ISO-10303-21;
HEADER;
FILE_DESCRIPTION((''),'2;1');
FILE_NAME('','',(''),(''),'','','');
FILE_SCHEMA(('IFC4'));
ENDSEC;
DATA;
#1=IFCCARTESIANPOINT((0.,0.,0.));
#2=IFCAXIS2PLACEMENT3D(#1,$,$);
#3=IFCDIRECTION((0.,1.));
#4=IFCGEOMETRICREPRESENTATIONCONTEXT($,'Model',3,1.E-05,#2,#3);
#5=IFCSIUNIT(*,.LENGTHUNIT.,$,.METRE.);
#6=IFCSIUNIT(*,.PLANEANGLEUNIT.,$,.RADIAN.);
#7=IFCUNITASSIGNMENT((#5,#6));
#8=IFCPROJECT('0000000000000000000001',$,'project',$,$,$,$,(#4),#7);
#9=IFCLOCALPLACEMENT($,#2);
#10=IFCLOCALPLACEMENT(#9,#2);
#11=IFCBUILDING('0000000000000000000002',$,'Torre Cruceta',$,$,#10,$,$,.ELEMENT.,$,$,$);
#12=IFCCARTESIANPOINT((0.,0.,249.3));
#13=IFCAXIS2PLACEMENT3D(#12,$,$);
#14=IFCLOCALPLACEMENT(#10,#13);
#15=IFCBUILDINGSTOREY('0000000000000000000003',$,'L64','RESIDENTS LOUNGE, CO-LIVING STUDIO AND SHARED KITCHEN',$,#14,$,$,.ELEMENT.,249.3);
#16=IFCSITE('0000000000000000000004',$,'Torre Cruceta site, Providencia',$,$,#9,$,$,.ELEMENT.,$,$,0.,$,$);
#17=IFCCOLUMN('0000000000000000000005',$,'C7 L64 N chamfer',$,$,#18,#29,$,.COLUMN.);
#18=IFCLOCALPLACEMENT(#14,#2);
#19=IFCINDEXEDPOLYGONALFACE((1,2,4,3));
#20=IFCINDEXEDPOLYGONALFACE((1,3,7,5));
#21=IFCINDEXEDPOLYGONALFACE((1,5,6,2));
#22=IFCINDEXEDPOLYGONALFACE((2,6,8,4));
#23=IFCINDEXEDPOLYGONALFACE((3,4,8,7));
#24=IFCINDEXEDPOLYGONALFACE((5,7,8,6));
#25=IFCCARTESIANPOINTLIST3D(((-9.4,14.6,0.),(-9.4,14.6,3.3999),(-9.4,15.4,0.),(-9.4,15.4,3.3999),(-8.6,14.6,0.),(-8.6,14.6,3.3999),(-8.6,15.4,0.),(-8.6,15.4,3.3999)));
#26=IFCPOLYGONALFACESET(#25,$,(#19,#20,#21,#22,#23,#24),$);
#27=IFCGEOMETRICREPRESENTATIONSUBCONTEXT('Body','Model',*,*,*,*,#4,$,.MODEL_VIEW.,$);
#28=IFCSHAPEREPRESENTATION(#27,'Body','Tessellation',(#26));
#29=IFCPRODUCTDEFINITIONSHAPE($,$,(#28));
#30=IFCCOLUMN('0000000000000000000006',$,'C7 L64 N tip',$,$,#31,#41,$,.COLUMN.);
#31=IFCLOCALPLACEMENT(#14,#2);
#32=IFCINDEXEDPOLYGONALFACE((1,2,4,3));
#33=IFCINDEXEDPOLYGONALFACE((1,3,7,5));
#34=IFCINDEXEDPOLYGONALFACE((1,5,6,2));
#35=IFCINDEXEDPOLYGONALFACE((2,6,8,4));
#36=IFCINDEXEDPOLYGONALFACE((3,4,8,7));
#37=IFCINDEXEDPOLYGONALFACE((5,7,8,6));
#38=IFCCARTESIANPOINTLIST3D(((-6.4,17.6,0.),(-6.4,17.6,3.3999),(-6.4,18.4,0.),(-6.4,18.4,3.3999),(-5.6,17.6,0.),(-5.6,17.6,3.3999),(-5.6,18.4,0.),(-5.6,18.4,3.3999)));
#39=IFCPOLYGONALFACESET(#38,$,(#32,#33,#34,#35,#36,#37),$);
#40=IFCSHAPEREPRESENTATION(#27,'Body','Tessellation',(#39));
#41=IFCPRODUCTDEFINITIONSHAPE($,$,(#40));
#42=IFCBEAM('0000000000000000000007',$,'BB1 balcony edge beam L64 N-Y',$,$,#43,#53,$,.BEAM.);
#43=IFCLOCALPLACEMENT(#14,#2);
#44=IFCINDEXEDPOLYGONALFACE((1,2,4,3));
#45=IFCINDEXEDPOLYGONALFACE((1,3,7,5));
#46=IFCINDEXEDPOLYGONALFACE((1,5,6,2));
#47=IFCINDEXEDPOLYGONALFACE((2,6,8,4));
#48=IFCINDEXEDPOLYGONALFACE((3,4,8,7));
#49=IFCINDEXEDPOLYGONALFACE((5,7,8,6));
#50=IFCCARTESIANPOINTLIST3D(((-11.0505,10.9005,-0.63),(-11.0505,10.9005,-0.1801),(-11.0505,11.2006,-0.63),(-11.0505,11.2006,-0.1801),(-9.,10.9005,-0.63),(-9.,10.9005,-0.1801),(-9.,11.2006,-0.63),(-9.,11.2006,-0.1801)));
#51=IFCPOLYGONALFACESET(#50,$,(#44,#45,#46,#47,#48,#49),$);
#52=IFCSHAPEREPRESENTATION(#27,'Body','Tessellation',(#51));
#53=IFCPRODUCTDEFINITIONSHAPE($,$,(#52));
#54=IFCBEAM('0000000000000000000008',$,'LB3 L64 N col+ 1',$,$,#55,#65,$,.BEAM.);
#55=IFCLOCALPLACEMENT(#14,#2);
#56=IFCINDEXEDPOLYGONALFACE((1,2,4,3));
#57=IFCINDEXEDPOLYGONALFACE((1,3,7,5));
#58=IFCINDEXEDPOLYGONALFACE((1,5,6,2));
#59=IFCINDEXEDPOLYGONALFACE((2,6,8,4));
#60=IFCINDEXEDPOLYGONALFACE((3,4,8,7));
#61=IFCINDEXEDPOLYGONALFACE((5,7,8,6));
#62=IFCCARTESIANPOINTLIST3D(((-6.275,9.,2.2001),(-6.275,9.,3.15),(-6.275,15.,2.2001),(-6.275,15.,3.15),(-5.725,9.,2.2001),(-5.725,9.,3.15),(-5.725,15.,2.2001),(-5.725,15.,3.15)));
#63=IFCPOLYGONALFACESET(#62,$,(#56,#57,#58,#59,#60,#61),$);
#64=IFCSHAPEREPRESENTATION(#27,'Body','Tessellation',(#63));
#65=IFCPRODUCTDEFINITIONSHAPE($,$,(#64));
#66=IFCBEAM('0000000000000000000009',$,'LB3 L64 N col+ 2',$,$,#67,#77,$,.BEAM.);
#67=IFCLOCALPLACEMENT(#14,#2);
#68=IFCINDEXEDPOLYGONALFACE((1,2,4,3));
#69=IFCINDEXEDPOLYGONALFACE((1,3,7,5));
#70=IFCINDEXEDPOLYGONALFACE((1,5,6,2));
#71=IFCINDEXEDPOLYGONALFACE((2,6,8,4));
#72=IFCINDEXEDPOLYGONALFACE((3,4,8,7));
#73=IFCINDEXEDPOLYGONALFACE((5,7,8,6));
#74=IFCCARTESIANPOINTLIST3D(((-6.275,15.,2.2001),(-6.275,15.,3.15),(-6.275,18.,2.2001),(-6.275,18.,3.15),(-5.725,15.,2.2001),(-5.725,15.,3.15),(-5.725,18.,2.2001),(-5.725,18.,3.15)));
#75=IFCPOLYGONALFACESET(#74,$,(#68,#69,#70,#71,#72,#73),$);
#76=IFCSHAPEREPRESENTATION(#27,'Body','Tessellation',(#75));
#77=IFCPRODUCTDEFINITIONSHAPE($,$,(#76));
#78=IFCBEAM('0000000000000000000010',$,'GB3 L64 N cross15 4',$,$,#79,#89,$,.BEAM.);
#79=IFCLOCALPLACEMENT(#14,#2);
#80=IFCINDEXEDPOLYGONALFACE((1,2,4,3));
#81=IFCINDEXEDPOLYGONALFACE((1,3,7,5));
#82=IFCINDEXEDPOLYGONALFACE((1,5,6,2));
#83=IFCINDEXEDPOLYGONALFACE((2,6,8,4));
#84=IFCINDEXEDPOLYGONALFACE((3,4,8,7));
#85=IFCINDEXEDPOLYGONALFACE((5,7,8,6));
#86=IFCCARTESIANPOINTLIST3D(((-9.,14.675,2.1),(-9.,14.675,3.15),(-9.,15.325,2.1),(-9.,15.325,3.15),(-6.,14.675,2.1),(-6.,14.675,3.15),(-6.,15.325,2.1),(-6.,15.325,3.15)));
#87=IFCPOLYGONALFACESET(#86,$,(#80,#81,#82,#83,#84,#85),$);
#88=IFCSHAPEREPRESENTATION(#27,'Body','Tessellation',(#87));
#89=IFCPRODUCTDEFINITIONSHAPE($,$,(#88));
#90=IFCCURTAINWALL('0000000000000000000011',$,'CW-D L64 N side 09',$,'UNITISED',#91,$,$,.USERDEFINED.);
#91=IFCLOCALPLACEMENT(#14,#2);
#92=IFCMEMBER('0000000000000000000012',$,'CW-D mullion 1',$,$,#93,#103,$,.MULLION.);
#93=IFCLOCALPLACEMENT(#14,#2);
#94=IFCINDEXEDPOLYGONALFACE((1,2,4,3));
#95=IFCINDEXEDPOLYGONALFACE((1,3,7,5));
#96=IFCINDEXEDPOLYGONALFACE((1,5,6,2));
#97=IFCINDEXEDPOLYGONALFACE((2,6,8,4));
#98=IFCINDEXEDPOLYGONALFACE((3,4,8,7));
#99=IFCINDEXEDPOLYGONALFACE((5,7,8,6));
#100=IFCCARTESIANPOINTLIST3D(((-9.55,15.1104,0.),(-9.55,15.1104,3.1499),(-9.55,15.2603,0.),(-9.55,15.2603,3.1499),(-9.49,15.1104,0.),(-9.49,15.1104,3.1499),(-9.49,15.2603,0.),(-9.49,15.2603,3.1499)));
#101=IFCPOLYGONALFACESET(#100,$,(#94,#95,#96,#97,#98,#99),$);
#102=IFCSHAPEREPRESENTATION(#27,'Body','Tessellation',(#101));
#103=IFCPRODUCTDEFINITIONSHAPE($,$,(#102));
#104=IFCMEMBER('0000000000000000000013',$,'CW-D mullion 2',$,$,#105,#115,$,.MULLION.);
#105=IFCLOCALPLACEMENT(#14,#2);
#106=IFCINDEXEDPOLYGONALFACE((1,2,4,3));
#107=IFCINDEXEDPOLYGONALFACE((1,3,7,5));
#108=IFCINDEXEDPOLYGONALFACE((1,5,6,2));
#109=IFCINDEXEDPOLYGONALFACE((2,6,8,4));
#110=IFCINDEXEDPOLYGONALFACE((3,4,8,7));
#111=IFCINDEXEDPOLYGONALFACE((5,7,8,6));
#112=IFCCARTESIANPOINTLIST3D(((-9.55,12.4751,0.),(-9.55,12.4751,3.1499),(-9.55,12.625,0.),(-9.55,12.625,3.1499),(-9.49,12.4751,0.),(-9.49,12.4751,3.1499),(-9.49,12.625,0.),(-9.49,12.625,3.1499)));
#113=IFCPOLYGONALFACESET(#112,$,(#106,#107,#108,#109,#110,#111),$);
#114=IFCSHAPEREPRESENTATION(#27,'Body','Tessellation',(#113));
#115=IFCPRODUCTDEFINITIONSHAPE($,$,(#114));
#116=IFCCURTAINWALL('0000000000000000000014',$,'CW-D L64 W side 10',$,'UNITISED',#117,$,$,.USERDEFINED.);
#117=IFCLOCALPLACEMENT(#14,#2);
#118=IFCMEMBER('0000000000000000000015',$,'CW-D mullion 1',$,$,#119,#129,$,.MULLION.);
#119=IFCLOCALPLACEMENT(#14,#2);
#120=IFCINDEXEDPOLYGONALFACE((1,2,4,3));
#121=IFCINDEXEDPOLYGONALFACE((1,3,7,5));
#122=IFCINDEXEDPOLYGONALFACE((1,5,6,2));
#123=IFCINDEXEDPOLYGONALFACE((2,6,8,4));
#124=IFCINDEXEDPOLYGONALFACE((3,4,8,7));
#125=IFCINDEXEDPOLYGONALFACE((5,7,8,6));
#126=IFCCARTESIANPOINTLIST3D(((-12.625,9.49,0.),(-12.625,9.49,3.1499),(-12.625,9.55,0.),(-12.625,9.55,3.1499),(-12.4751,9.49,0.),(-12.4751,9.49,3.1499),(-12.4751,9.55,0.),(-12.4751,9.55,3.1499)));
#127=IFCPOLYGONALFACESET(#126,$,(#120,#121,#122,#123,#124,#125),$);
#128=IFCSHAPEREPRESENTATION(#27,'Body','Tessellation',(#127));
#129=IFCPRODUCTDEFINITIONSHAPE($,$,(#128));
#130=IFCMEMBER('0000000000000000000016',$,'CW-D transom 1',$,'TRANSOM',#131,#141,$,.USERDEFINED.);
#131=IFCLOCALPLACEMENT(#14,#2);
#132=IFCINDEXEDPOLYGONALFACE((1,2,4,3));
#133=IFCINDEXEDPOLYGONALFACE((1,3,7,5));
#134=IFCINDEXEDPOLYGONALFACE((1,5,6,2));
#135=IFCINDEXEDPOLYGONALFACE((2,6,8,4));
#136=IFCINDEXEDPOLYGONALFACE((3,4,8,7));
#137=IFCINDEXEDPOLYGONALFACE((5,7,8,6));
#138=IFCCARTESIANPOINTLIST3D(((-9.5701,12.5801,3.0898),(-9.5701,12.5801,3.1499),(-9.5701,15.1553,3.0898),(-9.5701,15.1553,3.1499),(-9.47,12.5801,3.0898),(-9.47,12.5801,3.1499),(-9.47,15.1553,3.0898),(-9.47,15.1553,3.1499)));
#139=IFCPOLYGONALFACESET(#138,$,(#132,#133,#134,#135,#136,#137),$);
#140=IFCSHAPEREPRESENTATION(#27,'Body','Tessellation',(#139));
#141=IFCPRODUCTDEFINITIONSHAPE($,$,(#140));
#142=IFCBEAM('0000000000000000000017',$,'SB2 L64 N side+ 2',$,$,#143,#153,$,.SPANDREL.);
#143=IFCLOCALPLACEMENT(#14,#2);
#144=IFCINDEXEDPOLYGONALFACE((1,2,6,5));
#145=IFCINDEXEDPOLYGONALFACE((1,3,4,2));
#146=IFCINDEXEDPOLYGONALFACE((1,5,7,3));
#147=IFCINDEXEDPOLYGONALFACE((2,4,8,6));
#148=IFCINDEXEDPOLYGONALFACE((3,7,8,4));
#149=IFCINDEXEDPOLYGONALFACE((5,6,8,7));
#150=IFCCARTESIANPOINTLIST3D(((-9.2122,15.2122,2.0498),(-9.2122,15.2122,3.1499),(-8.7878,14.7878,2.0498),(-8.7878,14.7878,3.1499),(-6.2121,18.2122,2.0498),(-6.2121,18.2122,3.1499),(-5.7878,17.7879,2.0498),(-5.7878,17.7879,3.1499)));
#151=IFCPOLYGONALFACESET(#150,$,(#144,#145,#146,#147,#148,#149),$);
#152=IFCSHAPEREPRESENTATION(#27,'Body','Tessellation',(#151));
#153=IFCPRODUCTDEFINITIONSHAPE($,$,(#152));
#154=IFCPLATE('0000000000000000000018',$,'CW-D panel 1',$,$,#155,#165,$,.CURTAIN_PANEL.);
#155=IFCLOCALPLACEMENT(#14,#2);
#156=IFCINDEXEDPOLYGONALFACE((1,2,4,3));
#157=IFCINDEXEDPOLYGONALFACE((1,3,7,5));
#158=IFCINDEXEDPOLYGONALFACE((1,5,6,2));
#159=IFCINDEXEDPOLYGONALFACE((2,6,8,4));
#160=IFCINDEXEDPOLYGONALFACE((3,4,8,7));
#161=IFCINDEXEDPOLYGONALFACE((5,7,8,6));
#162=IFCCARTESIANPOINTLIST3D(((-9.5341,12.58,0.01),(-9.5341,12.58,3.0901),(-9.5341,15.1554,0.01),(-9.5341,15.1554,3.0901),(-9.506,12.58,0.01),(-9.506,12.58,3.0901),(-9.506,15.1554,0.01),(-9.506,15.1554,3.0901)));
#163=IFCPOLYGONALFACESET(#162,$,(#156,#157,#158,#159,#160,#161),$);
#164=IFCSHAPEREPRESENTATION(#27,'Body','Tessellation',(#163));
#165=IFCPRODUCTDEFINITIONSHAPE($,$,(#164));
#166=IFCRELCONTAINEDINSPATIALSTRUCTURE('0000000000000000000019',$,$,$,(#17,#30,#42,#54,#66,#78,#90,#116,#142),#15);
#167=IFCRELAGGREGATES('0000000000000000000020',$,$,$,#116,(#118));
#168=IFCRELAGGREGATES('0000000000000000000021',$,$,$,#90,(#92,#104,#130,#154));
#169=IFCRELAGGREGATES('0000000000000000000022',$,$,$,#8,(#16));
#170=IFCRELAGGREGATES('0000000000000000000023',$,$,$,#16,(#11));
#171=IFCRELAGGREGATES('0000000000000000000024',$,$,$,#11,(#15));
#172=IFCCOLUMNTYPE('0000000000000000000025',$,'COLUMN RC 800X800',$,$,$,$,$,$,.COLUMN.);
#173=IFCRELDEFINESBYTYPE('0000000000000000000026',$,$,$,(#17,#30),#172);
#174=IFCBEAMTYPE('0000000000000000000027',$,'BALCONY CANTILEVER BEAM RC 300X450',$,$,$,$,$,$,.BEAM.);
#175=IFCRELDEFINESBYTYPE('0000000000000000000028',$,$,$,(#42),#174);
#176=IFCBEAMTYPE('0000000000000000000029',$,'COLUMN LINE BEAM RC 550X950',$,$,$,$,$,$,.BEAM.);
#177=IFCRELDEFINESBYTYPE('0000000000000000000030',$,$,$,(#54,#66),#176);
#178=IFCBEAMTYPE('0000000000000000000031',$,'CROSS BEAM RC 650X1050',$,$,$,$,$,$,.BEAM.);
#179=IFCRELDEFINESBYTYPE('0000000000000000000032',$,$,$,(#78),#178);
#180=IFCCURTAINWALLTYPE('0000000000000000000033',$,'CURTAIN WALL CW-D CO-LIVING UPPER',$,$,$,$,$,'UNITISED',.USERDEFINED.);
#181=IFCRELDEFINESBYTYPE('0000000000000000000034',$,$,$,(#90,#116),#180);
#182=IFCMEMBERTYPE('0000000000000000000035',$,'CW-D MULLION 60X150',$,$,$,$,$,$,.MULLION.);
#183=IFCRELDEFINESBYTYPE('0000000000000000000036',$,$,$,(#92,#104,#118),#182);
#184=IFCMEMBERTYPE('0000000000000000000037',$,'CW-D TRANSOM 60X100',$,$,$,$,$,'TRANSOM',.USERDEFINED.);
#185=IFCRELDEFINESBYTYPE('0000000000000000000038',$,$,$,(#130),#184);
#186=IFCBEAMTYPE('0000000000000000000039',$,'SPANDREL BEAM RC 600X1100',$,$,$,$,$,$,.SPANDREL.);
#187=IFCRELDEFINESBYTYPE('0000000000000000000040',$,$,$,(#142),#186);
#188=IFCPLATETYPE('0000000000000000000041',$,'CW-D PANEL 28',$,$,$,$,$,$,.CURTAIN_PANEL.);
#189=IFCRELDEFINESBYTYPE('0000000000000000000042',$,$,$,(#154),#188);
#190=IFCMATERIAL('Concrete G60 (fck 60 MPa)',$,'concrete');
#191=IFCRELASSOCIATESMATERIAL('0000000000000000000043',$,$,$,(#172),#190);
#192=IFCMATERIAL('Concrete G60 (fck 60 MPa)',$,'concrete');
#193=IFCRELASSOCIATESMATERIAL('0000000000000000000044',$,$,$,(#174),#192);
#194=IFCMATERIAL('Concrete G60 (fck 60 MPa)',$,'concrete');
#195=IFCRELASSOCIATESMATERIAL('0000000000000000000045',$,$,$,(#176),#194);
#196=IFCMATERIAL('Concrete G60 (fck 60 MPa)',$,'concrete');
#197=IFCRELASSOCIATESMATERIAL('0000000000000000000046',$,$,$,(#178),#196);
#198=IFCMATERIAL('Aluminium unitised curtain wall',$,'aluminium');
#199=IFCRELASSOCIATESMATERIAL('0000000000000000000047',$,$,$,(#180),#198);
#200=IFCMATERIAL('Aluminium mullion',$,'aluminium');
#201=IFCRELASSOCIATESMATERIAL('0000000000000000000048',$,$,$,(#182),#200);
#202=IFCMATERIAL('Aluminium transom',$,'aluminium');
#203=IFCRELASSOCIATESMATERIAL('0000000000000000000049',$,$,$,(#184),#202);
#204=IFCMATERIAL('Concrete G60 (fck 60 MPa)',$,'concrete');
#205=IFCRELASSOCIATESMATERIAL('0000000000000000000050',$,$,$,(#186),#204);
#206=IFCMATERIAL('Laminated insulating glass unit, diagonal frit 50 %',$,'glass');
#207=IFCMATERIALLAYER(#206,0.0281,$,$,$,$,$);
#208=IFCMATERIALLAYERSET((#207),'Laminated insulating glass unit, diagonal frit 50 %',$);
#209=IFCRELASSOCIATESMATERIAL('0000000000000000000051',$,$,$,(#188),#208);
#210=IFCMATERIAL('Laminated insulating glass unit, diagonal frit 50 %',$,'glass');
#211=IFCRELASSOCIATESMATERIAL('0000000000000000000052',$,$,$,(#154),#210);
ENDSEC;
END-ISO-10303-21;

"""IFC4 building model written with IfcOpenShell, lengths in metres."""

from ifc_helpers import new_model, si_unit, direction, frame, origin, origin_2d, place, context, subcontext, project, spatial, rectangle, extrude, material, layer, layer_set, material_profile, profile_set, type_object, element, aggregate, save


model = new_model("IFC4")

# Units and contexts
model_context = context("Model", 3, precision=1e-05, world=origin(), true_north=direction((0.0, 1.0)))
body_context = subcontext(model_context, "Body", "Model", "MODEL_VIEW")
ifc_project = project(units=[si_unit("LENGTHUNIT", "METRE"), si_unit("PLANEANGLEUNIT", "RADIAN")], contexts=[model_context])

# Site, building, storey
site_placement = place(None, origin())
site = spatial("IfcSite", under=ifc_project, at=site_placement, Name="Torre Cruceta site, Providencia", CompositionType="ELEMENT", RefElevation=0.0)
building_placement = place(site_placement, origin())
building = spatial("IfcBuilding", under=site, at=building_placement, Name="Torre Cruceta", CompositionType="ELEMENT")
storey_placement = place(building_placement, frame((0.0, 0.0, 249.3)))
storey = spatial("IfcBuildingStorey", under=building, at=storey_placement, Name="L64", Description="RESIDENTS LOUNGE, CO-LIVING STUDIO AND SHARED KITCHEN", CompositionType="ELEMENT", Elevation=249.3)

# Columns
ifc_material_1 = material(Name="Concrete G60 (fck 60 MPa)", Category="concrete")
ifc_material_profile_1 = material_profile(ifc_material_1, rectangle(XDim=0.8, YDim=0.8, at=origin_2d()), Name="RC 800X800")
ifc_profile_set_1 = profile_set([ifc_material_profile_1], Name="Concrete G60 (fck 60 MPa)")
column_type = type_object("IfcColumnType", Name="COLUMN RC 800X800", PredefinedType="COLUMN", material=ifc_profile_set_1)
for number, where, z_axis, x_axis, name in (
    (1, (-9.0, 15.0, 0.0), (0.0, 0.0, 1.0), (1.0, 0.0, 0.0), "C7 L64 N chamfer"),
    (2, (-6.0, 18.0, 0.0), (0.0, 0.0, 1.0), (1.0, 0.0, 0.0), "C7 L64 N tip"),
):
    element("IfcColumn", number, at=place(storey_placement, frame(where, z_axis=z_axis, x_axis=x_axis)), inside=storey, type_object=column_type, Name=name, PredefinedType="COLUMN", context=body_context, shape_type="SweptSolid", body=[
        extrude(rectangle(XDim=0.8, YDim=0.8, at=origin_2d()), origin(), (0.0, 0.0, 1.0), 3.3999),
    ])

# Beams
ifc_material_2 = material(Name="Concrete G60 (fck 60 MPa)", Category="concrete")
ifc_material_profile_2 = material_profile(ifc_material_2, rectangle(XDim=0.3, YDim=0.45, at=origin_2d()), Name="RC 300X450")
ifc_profile_set_2 = profile_set([ifc_material_profile_2], Name="Concrete G60 (fck 60 MPa)")
beam_type_1 = type_object("IfcBeamType", Name="BALCONY CANTILEVER BEAM RC 300X450", PredefinedType="BEAM", material=ifc_profile_set_2)
beam_1_placement = place(storey_placement, frame((-9.0, 11.0505, -0.405), z_axis=(-1.0, 0.0, 0.0), x_axis=(0.0, -1.0, 0.0)))
element("IfcBeam", 3, at=beam_1_placement, inside=storey, type_object=beam_type_1, Name="BB1 balcony edge beam L64 N-Y", PredefinedType="BEAM", context=body_context, shape_type="SweptSolid", body=[
    extrude(rectangle(XDim=0.3, YDim=0.45, at=origin_2d()), origin(), (0.0, 0.0, 1.0), 2.0505),
])
ifc_material_3 = material(Name="Concrete G60 (fck 60 MPa)", Category="concrete")
ifc_material_profile_3 = material_profile(ifc_material_3, rectangle(XDim=0.55, YDim=0.95, at=origin_2d()), Name="RC 550X950")
ifc_profile_set_3 = profile_set([ifc_material_profile_3], Name="Concrete G60 (fck 60 MPa)")
beam_type_2 = type_object("IfcBeamType", Name="COLUMN LINE BEAM RC 550X950", PredefinedType="BEAM", material=ifc_profile_set_3)
beam_2_placement = place(storey_placement, frame((-6.0, 9.0, 2.675), z_axis=(0.0, 1.0, 0.0), x_axis=(-1.0, 0.0, 0.0)))
element("IfcBeam", 4, at=beam_2_placement, inside=storey, type_object=beam_type_2, Name="LB3 L64 N col+ 1", PredefinedType="BEAM", context=body_context, shape_type="SweptSolid", body=[
    extrude(rectangle(XDim=0.55, YDim=0.95, at=origin_2d()), origin(), (0.0, 0.0, 1.0), 6.0),
])
beam_3_placement = place(storey_placement, frame((-6.0, 15.0, 2.675), z_axis=(0.0, 1.0, 0.0), x_axis=(-1.0, 0.0, 0.0)))
element("IfcBeam", 5, at=beam_3_placement, inside=storey, type_object=beam_type_2, Name="LB3 L64 N col+ 2", PredefinedType="BEAM", context=body_context, shape_type="SweptSolid", body=[
    extrude(rectangle(XDim=0.55, YDim=0.95, at=origin_2d()), origin(), (0.0, 0.0, 1.0), 3.0),
])
ifc_material_4 = material(Name="Concrete G60 (fck 60 MPa)", Category="concrete")
ifc_material_profile_4 = material_profile(ifc_material_4, rectangle(XDim=0.6499, YDim=1.05, at=origin_2d()), Name="RC 650X1050")
ifc_profile_set_4 = profile_set([ifc_material_profile_4], Name="Concrete G60 (fck 60 MPa)")
beam_type_3 = type_object("IfcBeamType", Name="CROSS BEAM RC 650X1050", PredefinedType="BEAM", material=ifc_profile_set_4)
beam_4_placement = place(storey_placement, frame((-6.0, 15.0, 2.625), z_axis=(-1.0, 0.0, 0.0), x_axis=(0.0, -1.0, 0.0)))
element("IfcBeam", 6, at=beam_4_placement, inside=storey, type_object=beam_type_3, Name="GB3 L64 N cross15 4", PredefinedType="BEAM", context=body_context, shape_type="SweptSolid", body=[
    extrude(rectangle(XDim=0.6499, YDim=1.05, at=origin_2d()), origin(), (0.0, 0.0, 1.0), 3.0),
])

# Curtain wall, members
ifc_material_5 = material(Name="Aluminium unitised curtain wall", Category="aluminium")
curtain_wall_type = type_object("IfcCurtainWallType", Name="CURTAIN WALL CW-D CO-LIVING UPPER", ElementType="UNITISED", PredefinedType="USERDEFINED", material=ifc_material_5)
curtain_wall_1_placement = place(storey_placement, origin())
curtain_wall_1 = element("IfcCurtainWall", 7, at=curtain_wall_1_placement, inside=storey, type_object=curtain_wall_type, Name="CW-D L64 N side 09", ObjectType="UNITISED", PredefinedType="USERDEFINED")
ifc_material_6 = material(Name="Aluminium mullion", Category="aluminium")
ifc_material_profile_5 = material_profile(ifc_material_6, rectangle(XDim=0.0601, YDim=0.1499, at=origin_2d()), Name="AL 60X150")
ifc_profile_set_5 = profile_set([ifc_material_profile_5], Name="Aluminium mullion")
member_type_1 = type_object("IfcMemberType", Name="CW-D MULLION 60X150", PredefinedType="MULLION", material=ifc_profile_set_5)
member_1_placement = place(storey_placement, frame((-9.52, 15.1853, 0.0), z_axis=(0.0, 0.0, 1.0), x_axis=(1.0, 0.0, 0.0)))
member_1 = element("IfcMember", 8, at=member_1_placement, type_object=member_type_1, Name="CW-D mullion 1", PredefinedType="MULLION", context=body_context, shape_type="SweptSolid", body=[
    extrude(rectangle(XDim=0.0601, YDim=0.1499, at=origin_2d()), origin(), (0.0, 0.0, 1.0), 3.1499),
])
member_2_placement = place(storey_placement, frame((-9.52, 12.55, 0.0), z_axis=(0.0, 0.0, 1.0), x_axis=(1.0, 0.0, 0.0)))
member_2 = element("IfcMember", 9, at=member_2_placement, type_object=member_type_1, Name="CW-D mullion 2", PredefinedType="MULLION", context=body_context, shape_type="SweptSolid", body=[
    extrude(rectangle(XDim=0.0601, YDim=0.1499, at=origin_2d()), origin(), (0.0, 0.0, 1.0), 3.1499),
])

# Curtain wall, member
curtain_wall_2_placement = place(storey_placement, origin())
curtain_wall_2 = element("IfcCurtainWall", 10, at=curtain_wall_2_placement, inside=storey, type_object=curtain_wall_type, Name="CW-D L64 W side 10", ObjectType="UNITISED", PredefinedType="USERDEFINED")
member_3_placement = place(storey_placement, frame((-12.55, 9.52, 0.0), z_axis=(0.0, 0.0, 1.0), x_axis=(0.0, -1.0, 0.0)))
member_3 = element("IfcMember", 11, at=member_3_placement, type_object=member_type_1, Name="CW-D mullion 1", PredefinedType="MULLION", context=body_context, shape_type="SweptSolid", body=[
    extrude(rectangle(XDim=0.0601, YDim=0.1499, at=origin_2d()), origin(), (0.0, 0.0, 1.0), 3.1499),
])
aggregate(curtain_wall_2, [member_3])

# Member
ifc_material_7 = material(Name="Aluminium transom", Category="aluminium")
ifc_material_profile_6 = material_profile(ifc_material_7, rectangle(XDim=0.1001, YDim=0.0601, at=origin_2d()), Name="AL 100X60")
ifc_profile_set_6 = profile_set([ifc_material_profile_6], Name="Aluminium transom")
member_type_2 = type_object("IfcMemberType", Name="CW-D TRANSOM 60X100", ElementType="TRANSOM", PredefinedType="USERDEFINED", material=ifc_profile_set_6)
member_4_placement = place(storey_placement, frame((-9.52, 15.1553, 3.1199), z_axis=(0.0, -1.0, 0.0), x_axis=(1.0, 0.0, 0.0)))
member_4 = element("IfcMember", 12, at=member_4_placement, type_object=member_type_2, Name="CW-D transom 1", ObjectType="TRANSOM", PredefinedType="USERDEFINED", context=body_context, shape_type="SweptSolid", body=[
    extrude(rectangle(XDim=0.1001, YDim=0.0601, at=origin_2d()), origin(), (0.0, 0.0, 1.0), 2.5752),
])

# Beam
ifc_material_8 = material(Name="Concrete G60 (fck 60 MPa)", Category="concrete")
ifc_material_profile_7 = material_profile(ifc_material_8, rectangle(XDim=0.6001, YDim=1.1001, at=origin_2d()), Name="RC 600X1100")
ifc_profile_set_7 = profile_set([ifc_material_profile_7], Name="Concrete G60 (fck 60 MPa)")
beam_type_4 = type_object("IfcBeamType", Name="SPANDREL BEAM RC 600X1100", PredefinedType="SPANDREL", material=ifc_profile_set_7)
beam_5_placement = place(storey_placement, frame((-9.0, 15.0, 2.5999), z_axis=(0.707107, 0.707107, 0.0), x_axis=(-0.707107, 0.707107, 0.0)))
element("IfcBeam", 13, at=beam_5_placement, inside=storey, type_object=beam_type_4, Name="SB2 L64 N side+ 2", PredefinedType="SPANDREL", context=body_context, shape_type="SweptSolid", body=[
    extrude(rectangle(XDim=0.6001, YDim=1.1001, at=origin_2d()), origin(), (0.0, 0.0, 1.0), 4.2427),
])

# Plate
ifc_material_9 = material(Name="Laminated insulating glass unit, diagonal frit 50 %", Category="glass")
ifc_material_10 = material(Name="Laminated insulating glass unit, diagonal frit 50 %", Category="glass")
ifc_layer_1 = layer(ifc_material_10, 0.0281)
ifc_layer_set_1 = layer_set([ifc_layer_1], Name="Laminated insulating glass unit, diagonal frit 50 %")
plate_type = type_object("IfcPlateType", Name="CW-D PANEL 28", PredefinedType="CURTAIN_PANEL", material=ifc_layer_set_1)
plate_placement = place(storey_placement, frame((-9.52, 13.8677, 0.01), z_axis=(0.0, 0.0, 1.0), x_axis=(0.0, -1.0, 0.0)))
plate = element("IfcPlate", 14, at=plate_placement, type_object=plate_type, material=ifc_material_9, Name="CW-D panel 1", PredefinedType="CURTAIN_PANEL", context=body_context, shape_type="SweptSolid", body=[
    extrude(rectangle(XDim=2.5754, YDim=0.0281, at=origin_2d()), origin(), (0.0, 0.0, 1.0), 3.0801),
])
aggregate(curtain_wall_1, [member_1, member_2, member_4, plate])

save(model, "model.ifc")
